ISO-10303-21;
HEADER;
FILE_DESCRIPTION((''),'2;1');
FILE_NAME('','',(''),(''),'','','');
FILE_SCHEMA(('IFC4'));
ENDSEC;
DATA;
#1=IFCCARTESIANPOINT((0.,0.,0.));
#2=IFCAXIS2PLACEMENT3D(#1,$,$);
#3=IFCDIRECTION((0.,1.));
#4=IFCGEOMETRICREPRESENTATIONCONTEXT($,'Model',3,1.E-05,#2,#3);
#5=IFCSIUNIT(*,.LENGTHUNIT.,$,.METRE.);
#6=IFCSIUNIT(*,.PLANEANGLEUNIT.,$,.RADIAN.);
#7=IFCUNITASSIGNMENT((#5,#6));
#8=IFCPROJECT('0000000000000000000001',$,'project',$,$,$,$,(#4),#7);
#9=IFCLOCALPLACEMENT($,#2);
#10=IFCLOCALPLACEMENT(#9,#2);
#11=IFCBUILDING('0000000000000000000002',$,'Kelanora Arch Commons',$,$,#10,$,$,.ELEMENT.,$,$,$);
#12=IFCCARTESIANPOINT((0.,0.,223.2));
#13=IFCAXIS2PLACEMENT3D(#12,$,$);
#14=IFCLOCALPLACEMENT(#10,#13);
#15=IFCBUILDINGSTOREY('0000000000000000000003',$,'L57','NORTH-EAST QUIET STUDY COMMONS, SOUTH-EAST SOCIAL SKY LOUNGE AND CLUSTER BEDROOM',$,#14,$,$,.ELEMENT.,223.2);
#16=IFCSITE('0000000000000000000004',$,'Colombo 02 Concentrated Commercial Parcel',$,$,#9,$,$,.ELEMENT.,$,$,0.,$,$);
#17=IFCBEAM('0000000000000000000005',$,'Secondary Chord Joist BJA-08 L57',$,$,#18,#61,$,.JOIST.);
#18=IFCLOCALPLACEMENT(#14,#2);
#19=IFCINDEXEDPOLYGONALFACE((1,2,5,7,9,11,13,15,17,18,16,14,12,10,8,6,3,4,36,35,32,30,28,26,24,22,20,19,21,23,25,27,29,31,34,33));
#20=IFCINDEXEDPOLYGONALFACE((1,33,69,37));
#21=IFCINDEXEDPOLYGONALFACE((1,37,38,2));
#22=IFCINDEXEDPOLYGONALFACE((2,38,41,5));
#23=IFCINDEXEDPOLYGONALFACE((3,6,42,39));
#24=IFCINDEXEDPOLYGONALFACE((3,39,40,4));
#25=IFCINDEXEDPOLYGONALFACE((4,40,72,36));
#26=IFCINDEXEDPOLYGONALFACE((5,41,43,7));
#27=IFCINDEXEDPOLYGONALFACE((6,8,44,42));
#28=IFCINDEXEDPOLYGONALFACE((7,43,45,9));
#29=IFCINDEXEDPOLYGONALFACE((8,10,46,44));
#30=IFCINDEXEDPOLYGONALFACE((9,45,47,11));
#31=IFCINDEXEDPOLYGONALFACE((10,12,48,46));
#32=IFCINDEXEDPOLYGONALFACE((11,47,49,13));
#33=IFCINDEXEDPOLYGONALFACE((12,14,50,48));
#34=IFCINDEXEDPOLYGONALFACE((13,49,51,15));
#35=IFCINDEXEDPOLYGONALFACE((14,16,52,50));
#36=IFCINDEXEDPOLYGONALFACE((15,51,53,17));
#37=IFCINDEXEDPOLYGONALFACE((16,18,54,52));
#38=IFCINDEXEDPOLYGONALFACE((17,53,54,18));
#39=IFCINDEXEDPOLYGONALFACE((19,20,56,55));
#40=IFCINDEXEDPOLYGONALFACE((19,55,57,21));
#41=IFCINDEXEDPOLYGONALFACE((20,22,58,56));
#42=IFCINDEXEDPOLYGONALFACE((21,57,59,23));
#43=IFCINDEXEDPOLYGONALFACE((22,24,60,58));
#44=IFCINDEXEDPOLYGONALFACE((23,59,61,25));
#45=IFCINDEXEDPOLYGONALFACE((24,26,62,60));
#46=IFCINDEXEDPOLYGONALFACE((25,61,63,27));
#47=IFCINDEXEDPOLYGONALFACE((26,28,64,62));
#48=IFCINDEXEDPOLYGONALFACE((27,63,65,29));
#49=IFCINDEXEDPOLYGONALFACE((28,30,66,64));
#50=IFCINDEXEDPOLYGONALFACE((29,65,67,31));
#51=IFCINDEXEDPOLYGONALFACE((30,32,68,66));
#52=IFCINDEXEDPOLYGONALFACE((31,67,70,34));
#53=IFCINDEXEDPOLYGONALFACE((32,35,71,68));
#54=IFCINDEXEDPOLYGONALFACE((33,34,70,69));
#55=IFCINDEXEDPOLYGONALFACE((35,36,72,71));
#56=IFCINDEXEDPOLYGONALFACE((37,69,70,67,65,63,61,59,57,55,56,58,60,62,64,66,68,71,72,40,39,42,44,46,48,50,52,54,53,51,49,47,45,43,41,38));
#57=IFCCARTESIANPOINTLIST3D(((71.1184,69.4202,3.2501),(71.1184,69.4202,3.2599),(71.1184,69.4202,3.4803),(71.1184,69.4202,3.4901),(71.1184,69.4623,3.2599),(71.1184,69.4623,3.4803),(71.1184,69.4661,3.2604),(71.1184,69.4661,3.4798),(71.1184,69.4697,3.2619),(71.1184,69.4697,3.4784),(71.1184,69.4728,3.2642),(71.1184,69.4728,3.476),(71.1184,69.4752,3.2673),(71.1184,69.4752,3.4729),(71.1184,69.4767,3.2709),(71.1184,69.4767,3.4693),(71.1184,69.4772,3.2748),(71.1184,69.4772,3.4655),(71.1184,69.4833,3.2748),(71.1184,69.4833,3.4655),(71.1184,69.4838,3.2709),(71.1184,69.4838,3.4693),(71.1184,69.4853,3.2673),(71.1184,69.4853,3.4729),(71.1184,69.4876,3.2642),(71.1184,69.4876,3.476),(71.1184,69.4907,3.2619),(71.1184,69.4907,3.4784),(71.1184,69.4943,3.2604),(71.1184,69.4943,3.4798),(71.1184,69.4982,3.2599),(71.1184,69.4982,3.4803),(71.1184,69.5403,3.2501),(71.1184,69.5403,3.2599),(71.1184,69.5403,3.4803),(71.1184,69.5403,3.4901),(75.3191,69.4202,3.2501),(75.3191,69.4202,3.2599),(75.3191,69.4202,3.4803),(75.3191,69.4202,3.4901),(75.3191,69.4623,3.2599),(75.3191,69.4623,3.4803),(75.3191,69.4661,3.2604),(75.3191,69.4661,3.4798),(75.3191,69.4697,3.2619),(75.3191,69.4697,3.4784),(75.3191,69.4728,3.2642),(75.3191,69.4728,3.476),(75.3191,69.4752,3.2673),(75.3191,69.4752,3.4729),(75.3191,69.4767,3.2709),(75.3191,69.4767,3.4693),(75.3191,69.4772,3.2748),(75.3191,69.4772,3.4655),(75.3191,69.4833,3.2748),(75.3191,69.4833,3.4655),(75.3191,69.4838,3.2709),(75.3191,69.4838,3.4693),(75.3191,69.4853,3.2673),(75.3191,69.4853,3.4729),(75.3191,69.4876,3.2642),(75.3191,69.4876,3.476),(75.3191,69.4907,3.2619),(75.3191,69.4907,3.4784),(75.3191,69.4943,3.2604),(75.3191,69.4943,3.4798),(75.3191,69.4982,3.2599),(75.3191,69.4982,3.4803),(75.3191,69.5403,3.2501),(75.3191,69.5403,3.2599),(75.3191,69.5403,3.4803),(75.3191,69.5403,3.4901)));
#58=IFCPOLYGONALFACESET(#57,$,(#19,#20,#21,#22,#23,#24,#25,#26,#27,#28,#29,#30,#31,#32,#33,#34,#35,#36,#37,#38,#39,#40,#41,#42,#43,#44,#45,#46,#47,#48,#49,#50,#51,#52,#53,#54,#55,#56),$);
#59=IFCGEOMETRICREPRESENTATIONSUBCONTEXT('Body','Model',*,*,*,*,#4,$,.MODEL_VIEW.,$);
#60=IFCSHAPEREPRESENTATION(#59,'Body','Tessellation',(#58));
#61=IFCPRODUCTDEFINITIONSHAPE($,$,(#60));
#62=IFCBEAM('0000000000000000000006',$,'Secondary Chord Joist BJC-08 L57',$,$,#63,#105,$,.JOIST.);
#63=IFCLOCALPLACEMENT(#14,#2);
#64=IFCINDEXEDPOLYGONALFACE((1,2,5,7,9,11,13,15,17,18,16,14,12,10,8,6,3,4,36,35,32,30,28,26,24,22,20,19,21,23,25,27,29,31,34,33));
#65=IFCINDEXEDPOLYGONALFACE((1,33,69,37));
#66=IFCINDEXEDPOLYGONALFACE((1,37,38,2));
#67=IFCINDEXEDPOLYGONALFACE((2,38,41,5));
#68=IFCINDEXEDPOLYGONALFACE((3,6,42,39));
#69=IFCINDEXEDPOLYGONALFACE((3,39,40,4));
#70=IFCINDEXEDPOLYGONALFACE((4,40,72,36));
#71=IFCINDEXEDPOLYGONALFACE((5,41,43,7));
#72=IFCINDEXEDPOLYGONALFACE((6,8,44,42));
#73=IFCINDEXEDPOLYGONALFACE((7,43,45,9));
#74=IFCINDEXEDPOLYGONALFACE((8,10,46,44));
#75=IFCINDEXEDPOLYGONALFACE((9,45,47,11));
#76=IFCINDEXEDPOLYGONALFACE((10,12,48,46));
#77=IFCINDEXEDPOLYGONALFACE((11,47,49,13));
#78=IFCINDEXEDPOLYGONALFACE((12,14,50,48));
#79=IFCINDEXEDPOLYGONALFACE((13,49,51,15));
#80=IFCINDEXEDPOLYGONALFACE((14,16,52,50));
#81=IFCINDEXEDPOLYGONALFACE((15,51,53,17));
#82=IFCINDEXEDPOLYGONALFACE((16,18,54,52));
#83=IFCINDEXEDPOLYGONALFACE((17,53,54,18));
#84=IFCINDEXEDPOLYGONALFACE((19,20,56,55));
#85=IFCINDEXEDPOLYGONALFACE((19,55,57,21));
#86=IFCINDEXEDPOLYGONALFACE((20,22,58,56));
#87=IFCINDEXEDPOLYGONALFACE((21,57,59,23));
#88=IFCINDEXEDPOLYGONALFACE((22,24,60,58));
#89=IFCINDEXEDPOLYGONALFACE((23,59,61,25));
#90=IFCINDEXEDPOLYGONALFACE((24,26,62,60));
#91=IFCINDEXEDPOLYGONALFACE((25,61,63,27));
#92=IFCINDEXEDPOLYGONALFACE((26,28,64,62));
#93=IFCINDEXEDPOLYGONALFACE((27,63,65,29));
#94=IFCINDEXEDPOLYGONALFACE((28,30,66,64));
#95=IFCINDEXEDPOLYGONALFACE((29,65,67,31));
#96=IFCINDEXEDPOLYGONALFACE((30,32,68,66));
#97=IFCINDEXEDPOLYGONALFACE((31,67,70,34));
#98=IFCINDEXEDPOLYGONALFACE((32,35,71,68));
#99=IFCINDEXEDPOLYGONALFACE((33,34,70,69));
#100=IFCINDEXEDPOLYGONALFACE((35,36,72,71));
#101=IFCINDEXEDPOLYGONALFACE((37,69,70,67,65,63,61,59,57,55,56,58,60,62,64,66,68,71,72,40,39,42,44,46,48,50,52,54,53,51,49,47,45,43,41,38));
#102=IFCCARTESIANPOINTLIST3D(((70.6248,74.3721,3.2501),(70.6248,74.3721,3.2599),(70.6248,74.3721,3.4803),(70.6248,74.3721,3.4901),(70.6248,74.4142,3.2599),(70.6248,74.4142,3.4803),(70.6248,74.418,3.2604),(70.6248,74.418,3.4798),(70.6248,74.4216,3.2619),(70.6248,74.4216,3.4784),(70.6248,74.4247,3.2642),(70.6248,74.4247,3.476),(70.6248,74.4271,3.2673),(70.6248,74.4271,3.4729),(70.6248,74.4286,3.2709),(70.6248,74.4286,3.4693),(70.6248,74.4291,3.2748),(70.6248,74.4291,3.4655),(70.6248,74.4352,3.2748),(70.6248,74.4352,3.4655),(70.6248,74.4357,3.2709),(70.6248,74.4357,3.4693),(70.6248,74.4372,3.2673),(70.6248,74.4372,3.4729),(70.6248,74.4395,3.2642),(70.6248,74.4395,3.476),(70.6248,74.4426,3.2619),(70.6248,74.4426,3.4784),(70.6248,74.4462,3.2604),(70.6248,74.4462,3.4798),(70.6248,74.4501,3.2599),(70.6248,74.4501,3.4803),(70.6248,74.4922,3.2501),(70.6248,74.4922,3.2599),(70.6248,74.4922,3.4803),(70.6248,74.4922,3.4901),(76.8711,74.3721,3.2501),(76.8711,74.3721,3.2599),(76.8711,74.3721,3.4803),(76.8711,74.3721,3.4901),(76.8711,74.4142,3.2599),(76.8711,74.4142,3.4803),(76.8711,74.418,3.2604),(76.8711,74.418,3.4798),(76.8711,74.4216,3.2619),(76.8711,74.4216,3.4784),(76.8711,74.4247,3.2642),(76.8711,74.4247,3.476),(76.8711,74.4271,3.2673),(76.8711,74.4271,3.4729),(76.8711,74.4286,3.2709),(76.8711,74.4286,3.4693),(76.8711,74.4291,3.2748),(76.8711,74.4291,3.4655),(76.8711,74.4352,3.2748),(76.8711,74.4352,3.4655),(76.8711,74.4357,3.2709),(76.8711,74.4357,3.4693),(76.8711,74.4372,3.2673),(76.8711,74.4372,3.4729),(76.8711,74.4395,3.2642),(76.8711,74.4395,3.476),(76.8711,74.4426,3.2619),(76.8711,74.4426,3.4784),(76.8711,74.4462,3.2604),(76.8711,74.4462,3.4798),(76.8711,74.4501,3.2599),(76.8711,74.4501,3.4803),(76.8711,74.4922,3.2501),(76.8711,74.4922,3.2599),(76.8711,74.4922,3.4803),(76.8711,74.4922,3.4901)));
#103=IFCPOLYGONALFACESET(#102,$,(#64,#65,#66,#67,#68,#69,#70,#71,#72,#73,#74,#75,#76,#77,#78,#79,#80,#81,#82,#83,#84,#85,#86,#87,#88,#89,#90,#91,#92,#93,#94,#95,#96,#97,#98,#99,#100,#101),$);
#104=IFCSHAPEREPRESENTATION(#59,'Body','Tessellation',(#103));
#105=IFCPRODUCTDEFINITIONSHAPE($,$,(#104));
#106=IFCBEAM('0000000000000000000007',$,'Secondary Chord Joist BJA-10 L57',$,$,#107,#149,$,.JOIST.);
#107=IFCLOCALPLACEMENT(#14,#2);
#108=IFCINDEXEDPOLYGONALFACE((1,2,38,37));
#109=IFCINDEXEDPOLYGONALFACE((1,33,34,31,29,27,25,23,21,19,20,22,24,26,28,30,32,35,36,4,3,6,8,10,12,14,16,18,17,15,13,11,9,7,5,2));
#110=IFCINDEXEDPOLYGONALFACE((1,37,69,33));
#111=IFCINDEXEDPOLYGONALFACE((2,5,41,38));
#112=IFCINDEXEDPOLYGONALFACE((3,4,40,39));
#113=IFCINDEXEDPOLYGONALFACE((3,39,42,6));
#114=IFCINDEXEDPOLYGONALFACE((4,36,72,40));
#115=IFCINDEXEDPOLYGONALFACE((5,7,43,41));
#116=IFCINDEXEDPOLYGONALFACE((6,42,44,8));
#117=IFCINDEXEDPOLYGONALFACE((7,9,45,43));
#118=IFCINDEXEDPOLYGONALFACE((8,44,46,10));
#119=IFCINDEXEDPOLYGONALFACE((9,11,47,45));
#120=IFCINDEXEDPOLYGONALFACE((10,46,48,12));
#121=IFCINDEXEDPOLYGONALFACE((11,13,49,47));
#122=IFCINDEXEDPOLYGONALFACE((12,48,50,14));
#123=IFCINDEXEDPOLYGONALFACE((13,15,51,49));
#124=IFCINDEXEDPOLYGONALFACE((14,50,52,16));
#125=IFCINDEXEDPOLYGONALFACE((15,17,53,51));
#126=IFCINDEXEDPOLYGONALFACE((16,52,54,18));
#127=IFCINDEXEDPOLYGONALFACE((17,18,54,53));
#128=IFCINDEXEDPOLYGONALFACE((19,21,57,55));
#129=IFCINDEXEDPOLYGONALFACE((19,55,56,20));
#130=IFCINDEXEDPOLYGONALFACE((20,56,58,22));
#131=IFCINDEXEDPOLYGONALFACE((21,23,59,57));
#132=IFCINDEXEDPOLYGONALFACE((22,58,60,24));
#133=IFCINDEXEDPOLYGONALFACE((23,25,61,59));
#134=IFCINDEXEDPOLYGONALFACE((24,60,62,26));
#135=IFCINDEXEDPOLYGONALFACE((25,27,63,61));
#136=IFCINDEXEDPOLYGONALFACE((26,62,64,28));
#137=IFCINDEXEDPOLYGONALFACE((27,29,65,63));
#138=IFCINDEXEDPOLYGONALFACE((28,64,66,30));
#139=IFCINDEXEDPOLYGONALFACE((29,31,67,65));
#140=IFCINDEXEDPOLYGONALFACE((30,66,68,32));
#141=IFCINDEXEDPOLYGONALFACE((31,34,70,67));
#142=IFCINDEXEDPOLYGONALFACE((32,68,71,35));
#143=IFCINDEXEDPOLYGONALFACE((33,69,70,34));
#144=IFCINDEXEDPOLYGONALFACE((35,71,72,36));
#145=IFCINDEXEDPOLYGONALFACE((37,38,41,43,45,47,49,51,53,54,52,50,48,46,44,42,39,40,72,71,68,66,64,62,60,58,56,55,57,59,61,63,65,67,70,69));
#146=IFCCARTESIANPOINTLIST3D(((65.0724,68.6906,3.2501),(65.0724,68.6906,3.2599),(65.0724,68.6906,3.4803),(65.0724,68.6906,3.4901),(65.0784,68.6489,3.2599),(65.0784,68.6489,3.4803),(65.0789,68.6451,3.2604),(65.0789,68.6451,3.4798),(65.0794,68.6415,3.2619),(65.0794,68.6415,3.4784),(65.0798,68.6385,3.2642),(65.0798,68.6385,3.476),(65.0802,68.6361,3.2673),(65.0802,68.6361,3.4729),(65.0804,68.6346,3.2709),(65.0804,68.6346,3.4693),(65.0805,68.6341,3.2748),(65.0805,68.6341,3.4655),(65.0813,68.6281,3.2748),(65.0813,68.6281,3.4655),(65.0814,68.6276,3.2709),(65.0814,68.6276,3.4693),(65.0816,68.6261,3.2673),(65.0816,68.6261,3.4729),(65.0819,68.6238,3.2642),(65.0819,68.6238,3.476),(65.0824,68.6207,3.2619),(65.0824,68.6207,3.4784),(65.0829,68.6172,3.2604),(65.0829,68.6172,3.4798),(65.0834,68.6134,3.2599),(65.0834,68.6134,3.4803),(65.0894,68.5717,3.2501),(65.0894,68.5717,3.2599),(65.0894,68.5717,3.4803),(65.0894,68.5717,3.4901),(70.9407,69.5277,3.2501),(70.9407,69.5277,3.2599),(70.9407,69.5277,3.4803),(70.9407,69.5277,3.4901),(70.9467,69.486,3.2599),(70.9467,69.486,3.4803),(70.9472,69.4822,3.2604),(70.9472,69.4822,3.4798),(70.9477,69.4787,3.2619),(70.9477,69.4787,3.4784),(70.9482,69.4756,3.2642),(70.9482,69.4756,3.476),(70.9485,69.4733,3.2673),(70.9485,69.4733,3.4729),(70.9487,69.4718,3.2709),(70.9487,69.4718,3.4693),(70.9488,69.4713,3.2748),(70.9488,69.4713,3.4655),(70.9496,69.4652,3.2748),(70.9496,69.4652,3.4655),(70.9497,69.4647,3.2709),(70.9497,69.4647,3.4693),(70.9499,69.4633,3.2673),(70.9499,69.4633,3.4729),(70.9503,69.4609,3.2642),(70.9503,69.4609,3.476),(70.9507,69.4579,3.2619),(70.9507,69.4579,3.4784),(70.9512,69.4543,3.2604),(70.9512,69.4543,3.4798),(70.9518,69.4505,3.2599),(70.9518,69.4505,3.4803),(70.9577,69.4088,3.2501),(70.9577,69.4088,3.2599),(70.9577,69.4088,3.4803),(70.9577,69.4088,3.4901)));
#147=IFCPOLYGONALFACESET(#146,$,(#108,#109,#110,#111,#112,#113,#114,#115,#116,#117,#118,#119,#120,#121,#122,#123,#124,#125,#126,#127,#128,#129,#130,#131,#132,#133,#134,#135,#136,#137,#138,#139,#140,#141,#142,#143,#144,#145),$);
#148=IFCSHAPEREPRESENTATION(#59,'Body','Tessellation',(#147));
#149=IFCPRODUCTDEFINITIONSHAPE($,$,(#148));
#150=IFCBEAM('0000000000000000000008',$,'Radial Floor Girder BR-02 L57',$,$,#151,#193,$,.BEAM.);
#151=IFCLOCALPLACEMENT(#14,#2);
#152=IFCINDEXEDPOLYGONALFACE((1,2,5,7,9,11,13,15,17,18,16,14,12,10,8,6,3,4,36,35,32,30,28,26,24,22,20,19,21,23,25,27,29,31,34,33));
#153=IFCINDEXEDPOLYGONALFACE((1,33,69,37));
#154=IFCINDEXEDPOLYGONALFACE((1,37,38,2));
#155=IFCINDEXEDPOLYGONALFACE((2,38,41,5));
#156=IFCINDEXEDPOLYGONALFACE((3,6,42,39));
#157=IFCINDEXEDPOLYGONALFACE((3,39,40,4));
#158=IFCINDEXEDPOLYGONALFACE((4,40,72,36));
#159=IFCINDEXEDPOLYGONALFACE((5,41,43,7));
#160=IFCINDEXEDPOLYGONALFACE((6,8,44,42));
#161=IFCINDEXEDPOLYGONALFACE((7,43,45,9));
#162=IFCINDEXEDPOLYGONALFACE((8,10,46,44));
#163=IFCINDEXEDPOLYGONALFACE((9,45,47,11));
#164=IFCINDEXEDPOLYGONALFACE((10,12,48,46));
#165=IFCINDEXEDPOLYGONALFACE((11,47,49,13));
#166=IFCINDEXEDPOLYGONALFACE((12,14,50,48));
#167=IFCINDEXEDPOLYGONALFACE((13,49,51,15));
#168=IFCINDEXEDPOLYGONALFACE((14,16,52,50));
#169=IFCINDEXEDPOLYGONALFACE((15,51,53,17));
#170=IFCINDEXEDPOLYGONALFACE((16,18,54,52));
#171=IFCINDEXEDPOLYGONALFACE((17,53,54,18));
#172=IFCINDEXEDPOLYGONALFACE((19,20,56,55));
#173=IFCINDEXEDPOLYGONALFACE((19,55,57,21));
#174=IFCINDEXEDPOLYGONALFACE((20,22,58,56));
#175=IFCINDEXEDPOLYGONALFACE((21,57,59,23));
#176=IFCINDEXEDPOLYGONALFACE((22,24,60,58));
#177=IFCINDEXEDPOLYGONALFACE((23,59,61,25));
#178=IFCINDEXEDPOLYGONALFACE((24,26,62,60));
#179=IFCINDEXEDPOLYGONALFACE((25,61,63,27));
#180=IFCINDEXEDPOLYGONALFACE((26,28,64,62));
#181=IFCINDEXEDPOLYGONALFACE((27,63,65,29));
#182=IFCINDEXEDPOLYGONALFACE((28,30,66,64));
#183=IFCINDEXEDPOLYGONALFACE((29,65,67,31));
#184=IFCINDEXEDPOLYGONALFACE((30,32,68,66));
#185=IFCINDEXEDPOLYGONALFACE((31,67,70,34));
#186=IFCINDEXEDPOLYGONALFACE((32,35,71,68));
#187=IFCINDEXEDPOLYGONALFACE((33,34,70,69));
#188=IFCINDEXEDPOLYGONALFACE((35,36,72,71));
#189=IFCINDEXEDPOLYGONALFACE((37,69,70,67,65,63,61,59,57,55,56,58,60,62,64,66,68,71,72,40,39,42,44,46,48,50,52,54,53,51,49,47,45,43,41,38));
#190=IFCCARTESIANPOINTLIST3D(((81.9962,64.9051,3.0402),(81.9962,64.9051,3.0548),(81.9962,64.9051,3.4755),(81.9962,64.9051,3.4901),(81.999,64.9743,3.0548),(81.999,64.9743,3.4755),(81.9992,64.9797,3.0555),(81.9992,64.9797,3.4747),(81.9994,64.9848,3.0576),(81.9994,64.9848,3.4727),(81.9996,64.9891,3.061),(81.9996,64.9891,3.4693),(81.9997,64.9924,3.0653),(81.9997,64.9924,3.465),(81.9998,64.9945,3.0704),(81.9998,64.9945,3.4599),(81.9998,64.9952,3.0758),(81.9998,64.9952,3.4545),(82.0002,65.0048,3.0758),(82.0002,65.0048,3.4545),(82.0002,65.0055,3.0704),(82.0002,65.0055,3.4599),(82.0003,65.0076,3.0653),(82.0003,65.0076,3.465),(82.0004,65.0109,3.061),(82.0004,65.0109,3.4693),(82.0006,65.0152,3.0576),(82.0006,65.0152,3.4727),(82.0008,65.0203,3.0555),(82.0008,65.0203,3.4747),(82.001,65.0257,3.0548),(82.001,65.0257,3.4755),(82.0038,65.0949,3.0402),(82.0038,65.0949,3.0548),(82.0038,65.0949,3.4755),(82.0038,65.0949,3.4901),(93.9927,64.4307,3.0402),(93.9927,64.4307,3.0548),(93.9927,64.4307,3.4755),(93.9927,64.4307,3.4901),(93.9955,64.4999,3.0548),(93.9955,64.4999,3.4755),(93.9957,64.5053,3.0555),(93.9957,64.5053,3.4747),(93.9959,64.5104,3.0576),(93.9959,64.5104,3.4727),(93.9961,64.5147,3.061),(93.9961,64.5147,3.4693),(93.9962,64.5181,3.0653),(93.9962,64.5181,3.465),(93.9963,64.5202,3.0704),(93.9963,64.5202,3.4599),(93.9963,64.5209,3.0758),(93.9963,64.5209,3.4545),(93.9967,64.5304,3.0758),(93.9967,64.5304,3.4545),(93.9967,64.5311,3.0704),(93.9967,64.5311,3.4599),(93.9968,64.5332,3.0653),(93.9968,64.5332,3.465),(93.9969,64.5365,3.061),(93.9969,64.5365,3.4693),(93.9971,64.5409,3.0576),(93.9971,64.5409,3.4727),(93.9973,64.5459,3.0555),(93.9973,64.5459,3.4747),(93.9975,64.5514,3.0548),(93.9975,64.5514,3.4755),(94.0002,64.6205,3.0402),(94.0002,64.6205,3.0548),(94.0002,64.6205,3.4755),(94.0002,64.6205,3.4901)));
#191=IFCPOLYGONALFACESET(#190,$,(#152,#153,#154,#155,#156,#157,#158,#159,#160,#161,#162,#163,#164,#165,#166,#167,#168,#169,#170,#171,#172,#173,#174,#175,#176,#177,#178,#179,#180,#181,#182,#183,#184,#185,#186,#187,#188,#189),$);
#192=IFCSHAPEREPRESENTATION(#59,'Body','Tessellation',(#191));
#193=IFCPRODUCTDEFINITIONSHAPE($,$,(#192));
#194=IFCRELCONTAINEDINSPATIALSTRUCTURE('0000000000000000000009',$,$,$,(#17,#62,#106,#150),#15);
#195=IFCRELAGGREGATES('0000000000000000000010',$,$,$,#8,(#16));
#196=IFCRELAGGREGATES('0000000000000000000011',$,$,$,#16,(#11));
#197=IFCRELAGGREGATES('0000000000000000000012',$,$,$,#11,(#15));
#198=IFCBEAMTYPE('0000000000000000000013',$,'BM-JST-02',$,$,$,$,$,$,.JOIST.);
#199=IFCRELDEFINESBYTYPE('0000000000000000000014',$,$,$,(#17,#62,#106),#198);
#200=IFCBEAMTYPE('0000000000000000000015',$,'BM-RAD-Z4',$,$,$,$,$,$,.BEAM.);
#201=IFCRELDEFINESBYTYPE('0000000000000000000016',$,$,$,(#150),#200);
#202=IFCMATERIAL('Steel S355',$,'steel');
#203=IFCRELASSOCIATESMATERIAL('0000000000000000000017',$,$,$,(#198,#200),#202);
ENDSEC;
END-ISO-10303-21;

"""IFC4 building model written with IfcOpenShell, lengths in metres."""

from ifc_helpers import new_model, si_unit, direction, frame, origin, origin_2d, place, context, subcontext, project, spatial, i_section, extrude, material, material_profile, profile_set, type_object, element, save


model = new_model("IFC4")

# Units and contexts
model_context = context("Model", 3, precision=1e-05, world=origin(), true_north=direction((0.0, 1.0)))
body_context = subcontext(model_context, "Body", "Model", "MODEL_VIEW")
ifc_project = project(units=[si_unit("LENGTHUNIT", "METRE"), si_unit("PLANEANGLEUNIT", "RADIAN")], contexts=[model_context])

# Site, building, storey
site_placement = place(None, origin())
site = spatial("IfcSite", under=ifc_project, at=site_placement, Name="Colombo 02 Concentrated Commercial Parcel", CompositionType="ELEMENT", RefElevation=0.0)
building_placement = place(site_placement, origin())
building = spatial("IfcBuilding", under=site, at=building_placement, Name="Kelanora Arch Commons", CompositionType="ELEMENT")
storey_placement = place(building_placement, frame((0.0, 0.0, 223.2)))
storey = spatial("IfcBuildingStorey", under=building, at=storey_placement, Name="L57", Description="NORTH-EAST QUIET STUDY COMMONS, SOUTH-EAST SOCIAL SKY LOUNGE AND CLUSTER BEDROOM", CompositionType="ELEMENT", Elevation=223.2)

# Beams
ifc_material_1 = material(Name="Steel S355", Category="steel")
ifc_material_profile_1 = material_profile(ifc_material_1, i_section(OverallWidth=0.1201, OverallDepth=0.24, WebThickness=0.0061, FlangeThickness=0.0098, FilletRadius=0.0149, at=origin_2d()), Name="IPE240")
ifc_profile_set_1 = profile_set([ifc_material_profile_1], Name="Steel S355")
beam_type_1 = type_object("IfcBeamType", Name="BM-JST-02", PredefinedType="JOIST", material=ifc_profile_set_1)
beam_1_placement = place(storey_placement, frame((75.3191, 69.4802, 3.3701), z_axis=(-1.0, 0.0, 0.0), x_axis=(0.0, -1.0, 0.0)))
element("IfcBeam", 1, at=beam_1_placement, inside=storey, type_object=beam_type_1, Name="Secondary Chord Joist BJA-08 L57", PredefinedType="JOIST", context=body_context, shape_type="SweptSolid", body=[
    extrude(i_section(OverallWidth=0.1201, OverallDepth=0.24, WebThickness=0.0061, FlangeThickness=0.0098, FilletRadius=0.0149, at=origin_2d()), origin(), (0.0, 0.0, 1.0), 4.2007),
])
beam_2_placement = place(storey_placement, frame((76.8711, 74.4321, 3.3701), z_axis=(-1.0, 0.0, 0.0), x_axis=(0.0, -1.0, 0.0)))
element("IfcBeam", 2, at=beam_2_placement, inside=storey, type_object=beam_type_1, Name="Secondary Chord Joist BJC-08 L57", PredefinedType="JOIST", context=body_context, shape_type="SweptSolid", body=[
    extrude(i_section(OverallWidth=0.1201, OverallDepth=0.24, WebThickness=0.0061, FlangeThickness=0.0098, FilletRadius=0.0149, at=origin_2d()), origin(), (0.0, 0.0, 1.0), 6.2463),
])
beam_3_placement = place(storey_placement, frame((70.9492, 69.4683, 3.3701), z_axis=(-0.989977, -0.141225, 0.0), x_axis=(0.141225, -0.989977, 0.0)))
element("IfcBeam", 3, at=beam_3_placement, inside=storey, type_object=beam_type_1, Name="Secondary Chord Joist BJA-10 L57", PredefinedType="JOIST", context=body_context, shape_type="SweptSolid", body=[
    extrude(i_section(OverallWidth=0.1201, OverallDepth=0.24, WebThickness=0.0061, FlangeThickness=0.0098, FilletRadius=0.0149, at=origin_2d()), origin(), (0.0, 0.0, 1.0), 5.9277),
])
ifc_material_profile_2 = material_profile(ifc_material_1, i_section(OverallWidth=0.1899, OverallDepth=0.45, WebThickness=0.0095, FlangeThickness=0.0146, FilletRadius=0.021, at=origin_2d()), Name="IPE450")
ifc_profile_set_2 = profile_set([ifc_material_profile_2], Name="Steel S355")
beam_type_2 = type_object("IfcBeamType", Name="BM-RAD-Z4", PredefinedType="BEAM", material=ifc_profile_set_2)
beam_4_placement = place(storey_placement, frame((82.0, 65.0, 3.2651), z_axis=(0.999219, -0.039511, 0.0), x_axis=(0.039511, 0.999219, 0.0)))
element("IfcBeam", 4, at=beam_4_placement, inside=storey, type_object=beam_type_2, Name="Radial Floor Girder BR-02 L57", PredefinedType="BEAM", context=body_context, shape_type="SweptSolid", body=[
    extrude(i_section(OverallWidth=0.1899, OverallDepth=0.45, WebThickness=0.0095, FlangeThickness=0.0146, FilletRadius=0.021, at=origin_2d()), origin(), (0.0, 0.0, 1.0), 12.0059),
])

save(model, "model.ifc")
